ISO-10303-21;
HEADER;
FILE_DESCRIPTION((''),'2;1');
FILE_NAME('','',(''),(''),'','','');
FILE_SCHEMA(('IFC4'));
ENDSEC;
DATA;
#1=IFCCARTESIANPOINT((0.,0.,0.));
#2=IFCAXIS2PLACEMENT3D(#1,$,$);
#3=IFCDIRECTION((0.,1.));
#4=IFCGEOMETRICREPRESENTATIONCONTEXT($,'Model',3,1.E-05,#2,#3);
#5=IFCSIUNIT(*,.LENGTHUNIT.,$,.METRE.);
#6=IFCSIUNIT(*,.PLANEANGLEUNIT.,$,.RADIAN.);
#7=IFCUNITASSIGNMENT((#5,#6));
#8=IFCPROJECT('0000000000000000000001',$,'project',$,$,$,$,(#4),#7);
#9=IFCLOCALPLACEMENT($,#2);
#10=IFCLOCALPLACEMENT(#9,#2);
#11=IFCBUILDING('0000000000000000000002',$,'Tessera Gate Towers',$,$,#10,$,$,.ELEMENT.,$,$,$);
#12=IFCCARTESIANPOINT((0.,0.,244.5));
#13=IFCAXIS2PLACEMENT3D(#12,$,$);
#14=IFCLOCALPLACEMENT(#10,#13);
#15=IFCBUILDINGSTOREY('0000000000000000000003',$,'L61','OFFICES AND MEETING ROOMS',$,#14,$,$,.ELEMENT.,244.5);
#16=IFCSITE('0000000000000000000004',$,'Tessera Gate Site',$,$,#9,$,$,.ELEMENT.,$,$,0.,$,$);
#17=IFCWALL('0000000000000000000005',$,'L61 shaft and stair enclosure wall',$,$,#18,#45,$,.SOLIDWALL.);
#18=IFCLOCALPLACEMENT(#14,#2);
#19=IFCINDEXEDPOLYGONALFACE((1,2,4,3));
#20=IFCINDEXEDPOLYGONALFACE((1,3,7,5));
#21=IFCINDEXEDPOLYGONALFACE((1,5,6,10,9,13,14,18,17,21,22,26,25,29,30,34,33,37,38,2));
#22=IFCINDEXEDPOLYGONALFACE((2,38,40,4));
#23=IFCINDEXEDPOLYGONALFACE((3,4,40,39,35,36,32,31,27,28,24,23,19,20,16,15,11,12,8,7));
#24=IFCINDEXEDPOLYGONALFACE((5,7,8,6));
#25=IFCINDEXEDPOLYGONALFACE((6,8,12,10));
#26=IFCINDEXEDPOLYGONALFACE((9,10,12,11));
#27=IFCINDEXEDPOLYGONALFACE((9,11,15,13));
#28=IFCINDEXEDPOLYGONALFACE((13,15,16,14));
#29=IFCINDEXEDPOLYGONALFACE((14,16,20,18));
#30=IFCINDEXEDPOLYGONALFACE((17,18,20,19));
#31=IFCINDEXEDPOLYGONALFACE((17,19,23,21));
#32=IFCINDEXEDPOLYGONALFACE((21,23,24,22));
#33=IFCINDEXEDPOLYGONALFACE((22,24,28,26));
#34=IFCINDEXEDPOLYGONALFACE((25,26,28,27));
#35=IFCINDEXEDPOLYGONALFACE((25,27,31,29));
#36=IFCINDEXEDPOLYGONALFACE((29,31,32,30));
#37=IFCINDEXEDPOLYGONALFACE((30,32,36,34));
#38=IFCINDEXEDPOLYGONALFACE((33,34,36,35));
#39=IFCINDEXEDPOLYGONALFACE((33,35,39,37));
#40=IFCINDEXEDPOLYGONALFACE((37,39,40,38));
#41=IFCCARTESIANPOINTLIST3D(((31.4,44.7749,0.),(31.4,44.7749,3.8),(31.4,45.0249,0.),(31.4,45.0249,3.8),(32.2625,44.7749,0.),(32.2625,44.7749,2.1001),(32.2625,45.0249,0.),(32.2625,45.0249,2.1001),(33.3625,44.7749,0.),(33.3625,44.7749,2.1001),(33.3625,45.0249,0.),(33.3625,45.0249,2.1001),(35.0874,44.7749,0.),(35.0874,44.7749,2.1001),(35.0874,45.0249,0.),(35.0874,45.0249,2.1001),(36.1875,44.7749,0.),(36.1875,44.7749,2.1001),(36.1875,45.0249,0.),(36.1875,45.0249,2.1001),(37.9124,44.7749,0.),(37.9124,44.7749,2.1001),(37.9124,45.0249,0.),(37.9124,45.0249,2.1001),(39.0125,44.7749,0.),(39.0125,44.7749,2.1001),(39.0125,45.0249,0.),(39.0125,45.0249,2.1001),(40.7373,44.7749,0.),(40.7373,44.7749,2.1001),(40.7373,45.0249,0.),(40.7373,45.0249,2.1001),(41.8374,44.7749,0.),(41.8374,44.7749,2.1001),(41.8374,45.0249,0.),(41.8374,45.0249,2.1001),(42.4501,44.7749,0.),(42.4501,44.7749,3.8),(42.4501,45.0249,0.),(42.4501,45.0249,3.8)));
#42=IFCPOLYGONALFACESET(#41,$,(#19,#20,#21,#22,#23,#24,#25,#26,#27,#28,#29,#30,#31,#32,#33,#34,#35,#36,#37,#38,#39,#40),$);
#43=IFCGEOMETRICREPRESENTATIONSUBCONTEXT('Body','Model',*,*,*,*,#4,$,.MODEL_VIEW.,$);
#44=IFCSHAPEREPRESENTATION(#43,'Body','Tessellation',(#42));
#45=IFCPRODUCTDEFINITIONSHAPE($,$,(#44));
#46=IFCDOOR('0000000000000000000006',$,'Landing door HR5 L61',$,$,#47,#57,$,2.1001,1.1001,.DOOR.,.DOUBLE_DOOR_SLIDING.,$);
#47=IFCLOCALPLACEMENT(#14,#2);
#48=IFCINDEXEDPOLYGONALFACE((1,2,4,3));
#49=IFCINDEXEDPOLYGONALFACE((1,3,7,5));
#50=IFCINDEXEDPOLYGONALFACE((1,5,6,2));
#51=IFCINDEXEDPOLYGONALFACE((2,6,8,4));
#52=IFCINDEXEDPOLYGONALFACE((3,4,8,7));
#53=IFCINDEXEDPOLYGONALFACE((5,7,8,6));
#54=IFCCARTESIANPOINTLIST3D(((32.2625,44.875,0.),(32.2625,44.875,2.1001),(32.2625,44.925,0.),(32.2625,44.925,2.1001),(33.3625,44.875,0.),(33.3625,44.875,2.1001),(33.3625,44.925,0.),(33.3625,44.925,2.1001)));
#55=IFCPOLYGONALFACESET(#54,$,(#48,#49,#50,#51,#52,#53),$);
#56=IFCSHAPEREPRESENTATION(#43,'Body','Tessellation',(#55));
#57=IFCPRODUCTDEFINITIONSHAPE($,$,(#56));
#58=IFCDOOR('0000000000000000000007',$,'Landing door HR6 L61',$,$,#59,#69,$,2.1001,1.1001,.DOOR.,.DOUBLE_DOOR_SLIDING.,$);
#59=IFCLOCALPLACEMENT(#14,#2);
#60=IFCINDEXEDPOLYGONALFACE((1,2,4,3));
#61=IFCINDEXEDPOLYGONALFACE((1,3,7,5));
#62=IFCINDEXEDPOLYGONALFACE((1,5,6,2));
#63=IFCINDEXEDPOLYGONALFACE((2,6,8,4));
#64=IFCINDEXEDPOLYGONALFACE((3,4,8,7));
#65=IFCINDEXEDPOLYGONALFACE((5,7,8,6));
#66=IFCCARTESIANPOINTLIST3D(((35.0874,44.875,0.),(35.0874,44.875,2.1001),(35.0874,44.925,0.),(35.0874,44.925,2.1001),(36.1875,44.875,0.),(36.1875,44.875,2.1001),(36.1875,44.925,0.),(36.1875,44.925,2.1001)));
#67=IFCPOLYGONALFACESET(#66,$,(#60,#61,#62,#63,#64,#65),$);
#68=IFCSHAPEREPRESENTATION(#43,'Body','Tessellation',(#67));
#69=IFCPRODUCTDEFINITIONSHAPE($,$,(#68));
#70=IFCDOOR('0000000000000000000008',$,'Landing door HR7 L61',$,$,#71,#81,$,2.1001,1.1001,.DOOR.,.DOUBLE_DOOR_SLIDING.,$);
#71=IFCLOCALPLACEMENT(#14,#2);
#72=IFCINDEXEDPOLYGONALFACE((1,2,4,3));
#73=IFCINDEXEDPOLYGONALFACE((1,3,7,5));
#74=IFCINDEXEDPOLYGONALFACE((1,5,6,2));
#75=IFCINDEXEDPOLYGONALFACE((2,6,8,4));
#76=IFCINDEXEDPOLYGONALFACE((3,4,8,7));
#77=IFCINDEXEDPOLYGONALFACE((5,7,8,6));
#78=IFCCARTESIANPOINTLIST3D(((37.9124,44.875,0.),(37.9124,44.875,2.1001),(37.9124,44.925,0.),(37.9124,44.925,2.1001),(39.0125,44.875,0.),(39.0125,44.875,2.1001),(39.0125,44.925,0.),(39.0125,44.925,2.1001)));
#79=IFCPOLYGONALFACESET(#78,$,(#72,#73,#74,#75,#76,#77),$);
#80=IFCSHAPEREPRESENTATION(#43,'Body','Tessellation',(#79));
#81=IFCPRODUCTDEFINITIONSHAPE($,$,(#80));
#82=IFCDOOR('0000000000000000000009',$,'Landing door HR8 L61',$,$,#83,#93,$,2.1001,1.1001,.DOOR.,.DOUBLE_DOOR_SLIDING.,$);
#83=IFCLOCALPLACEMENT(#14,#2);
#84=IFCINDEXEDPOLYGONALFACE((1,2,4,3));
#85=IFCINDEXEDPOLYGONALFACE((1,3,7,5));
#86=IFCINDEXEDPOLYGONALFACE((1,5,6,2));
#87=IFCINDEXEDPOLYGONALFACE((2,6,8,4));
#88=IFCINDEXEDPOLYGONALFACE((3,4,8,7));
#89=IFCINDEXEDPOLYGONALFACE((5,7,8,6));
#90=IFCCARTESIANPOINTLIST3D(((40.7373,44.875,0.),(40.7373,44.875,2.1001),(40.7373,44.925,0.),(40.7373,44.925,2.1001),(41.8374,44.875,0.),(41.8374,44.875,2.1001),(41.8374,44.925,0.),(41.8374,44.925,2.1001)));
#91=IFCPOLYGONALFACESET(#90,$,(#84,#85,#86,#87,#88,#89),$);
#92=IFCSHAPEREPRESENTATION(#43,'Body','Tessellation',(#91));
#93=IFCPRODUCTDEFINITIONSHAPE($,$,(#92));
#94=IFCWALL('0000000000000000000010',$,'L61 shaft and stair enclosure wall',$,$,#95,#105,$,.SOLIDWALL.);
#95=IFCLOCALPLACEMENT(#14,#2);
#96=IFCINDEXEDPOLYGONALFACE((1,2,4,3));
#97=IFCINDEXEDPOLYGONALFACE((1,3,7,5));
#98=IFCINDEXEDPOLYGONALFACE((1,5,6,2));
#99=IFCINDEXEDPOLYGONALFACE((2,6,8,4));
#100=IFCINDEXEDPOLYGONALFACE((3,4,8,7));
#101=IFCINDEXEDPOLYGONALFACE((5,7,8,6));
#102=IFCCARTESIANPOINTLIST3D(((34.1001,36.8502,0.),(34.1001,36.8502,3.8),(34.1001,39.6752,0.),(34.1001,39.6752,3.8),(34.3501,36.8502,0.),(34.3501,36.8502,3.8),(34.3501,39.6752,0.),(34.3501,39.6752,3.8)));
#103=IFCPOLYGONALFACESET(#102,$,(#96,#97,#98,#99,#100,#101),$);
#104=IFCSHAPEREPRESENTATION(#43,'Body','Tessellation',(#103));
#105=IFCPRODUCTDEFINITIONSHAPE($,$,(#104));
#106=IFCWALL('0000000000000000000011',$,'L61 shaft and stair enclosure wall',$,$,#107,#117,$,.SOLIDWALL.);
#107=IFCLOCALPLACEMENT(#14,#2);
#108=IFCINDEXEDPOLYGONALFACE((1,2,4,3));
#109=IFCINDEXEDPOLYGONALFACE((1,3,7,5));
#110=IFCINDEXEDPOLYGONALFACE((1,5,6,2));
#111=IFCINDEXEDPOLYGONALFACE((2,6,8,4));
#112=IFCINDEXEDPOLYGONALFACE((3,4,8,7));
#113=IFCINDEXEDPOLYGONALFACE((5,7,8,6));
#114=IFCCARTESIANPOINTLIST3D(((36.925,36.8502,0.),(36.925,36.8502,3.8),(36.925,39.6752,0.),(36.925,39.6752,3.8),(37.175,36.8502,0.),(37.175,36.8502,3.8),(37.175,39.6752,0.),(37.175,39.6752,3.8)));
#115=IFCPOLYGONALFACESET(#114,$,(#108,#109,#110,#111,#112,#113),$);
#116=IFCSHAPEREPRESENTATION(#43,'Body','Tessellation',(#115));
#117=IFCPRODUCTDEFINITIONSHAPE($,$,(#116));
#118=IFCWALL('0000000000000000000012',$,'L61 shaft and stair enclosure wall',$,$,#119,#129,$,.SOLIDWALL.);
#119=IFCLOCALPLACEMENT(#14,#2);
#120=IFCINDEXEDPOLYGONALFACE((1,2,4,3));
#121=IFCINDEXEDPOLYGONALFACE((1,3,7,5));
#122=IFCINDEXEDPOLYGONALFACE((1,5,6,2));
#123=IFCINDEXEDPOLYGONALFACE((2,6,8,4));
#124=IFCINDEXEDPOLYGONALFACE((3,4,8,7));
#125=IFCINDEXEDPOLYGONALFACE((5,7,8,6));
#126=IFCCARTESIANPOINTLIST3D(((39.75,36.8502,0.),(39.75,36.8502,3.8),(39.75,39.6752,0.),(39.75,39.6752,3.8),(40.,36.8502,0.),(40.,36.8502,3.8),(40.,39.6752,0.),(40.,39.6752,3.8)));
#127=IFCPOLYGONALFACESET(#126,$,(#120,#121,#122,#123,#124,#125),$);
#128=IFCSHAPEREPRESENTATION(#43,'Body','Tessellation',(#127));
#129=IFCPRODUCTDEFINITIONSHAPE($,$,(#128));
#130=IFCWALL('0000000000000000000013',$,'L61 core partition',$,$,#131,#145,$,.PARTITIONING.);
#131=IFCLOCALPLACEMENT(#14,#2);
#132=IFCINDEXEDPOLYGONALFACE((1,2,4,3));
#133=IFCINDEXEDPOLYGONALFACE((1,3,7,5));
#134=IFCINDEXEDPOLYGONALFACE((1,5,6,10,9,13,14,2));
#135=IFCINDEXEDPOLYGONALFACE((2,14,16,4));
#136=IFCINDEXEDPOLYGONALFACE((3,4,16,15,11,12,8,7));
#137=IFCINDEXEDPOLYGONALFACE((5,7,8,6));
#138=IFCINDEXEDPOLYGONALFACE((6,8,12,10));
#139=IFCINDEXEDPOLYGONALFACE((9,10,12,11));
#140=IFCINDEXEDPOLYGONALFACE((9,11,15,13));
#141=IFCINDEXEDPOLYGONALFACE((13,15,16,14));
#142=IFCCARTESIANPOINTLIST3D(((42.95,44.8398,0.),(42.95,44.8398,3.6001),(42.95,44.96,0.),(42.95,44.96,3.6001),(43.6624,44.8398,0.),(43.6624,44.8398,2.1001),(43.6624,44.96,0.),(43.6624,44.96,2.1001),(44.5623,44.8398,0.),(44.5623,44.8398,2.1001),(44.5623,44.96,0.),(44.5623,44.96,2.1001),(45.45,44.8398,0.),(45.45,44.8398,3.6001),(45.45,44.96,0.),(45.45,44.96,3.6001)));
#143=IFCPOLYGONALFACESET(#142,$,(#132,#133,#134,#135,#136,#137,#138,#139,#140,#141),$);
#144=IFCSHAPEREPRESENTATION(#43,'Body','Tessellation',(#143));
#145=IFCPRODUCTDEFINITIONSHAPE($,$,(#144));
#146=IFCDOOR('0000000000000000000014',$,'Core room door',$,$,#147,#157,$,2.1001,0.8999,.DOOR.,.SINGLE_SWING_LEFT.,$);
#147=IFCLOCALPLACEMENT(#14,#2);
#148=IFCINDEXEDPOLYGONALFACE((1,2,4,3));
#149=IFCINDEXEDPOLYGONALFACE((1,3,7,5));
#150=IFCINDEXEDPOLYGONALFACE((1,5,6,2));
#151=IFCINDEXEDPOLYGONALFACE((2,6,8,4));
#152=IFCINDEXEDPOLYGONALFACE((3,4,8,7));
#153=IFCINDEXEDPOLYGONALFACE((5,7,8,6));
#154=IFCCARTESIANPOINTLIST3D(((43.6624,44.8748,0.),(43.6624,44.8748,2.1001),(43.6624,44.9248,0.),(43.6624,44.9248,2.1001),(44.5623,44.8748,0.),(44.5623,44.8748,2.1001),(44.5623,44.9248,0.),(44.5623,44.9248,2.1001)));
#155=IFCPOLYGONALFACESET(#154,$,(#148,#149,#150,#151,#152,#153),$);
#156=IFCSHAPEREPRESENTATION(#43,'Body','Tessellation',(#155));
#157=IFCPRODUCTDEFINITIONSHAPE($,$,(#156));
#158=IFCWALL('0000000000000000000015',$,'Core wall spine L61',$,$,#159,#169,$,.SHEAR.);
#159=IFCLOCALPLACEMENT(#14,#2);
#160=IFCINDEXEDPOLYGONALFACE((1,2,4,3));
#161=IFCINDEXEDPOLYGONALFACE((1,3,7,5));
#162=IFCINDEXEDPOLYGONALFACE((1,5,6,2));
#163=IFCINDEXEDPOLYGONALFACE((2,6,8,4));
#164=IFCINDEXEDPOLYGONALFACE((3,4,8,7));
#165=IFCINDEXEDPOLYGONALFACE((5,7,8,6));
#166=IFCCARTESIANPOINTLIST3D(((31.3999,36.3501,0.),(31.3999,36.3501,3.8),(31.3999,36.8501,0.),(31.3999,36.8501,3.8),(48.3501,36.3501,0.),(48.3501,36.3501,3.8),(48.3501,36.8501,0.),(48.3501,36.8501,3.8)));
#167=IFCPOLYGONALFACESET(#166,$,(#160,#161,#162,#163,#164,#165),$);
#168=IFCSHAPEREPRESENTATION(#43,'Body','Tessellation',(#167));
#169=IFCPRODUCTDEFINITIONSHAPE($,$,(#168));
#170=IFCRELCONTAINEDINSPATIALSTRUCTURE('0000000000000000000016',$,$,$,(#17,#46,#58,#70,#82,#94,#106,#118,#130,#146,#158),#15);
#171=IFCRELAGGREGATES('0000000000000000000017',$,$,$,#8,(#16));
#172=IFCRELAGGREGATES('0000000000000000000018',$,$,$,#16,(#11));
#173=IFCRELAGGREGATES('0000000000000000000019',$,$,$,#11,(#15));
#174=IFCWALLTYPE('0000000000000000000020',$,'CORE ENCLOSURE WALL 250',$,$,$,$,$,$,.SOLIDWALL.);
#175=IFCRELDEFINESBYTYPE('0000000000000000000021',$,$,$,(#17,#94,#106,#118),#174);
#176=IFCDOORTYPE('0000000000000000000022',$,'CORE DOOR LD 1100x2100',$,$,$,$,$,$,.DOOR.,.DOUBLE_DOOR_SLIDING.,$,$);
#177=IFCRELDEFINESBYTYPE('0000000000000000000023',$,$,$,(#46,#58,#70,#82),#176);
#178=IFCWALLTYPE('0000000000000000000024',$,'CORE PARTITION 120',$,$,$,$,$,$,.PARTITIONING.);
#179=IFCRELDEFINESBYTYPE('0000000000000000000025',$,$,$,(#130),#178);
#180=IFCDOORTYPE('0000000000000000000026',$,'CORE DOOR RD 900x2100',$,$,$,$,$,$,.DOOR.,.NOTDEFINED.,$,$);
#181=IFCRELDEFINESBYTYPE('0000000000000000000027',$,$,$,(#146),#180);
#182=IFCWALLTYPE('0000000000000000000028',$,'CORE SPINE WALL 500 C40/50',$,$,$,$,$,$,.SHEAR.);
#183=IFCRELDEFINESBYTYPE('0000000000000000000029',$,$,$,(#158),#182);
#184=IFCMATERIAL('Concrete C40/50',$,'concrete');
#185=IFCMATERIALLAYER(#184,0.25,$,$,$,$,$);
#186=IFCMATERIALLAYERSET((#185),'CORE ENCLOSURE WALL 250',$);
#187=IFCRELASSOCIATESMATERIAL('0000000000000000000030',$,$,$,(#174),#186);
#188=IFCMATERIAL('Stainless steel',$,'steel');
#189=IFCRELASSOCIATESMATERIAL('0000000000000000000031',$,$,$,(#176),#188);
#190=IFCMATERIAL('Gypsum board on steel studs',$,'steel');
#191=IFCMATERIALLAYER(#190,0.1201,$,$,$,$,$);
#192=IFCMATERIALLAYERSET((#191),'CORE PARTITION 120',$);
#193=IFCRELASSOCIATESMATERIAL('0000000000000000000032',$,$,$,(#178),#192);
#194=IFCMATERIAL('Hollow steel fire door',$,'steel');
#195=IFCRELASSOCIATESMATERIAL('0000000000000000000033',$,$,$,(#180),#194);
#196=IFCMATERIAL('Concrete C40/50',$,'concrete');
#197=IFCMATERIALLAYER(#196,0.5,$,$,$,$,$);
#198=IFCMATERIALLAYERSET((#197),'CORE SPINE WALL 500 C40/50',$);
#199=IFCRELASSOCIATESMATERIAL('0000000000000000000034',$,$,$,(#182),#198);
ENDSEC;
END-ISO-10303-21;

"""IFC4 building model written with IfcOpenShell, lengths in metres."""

from ifc_helpers import new_model, si_unit, direction, frame, frame_2d, origin, place, context, subcontext, project, spatial, rectangle, extrude, source, transform, mapped, material, layer, layer_set, type_object, element, fill, save


model = new_model("IFC4")

# Units and contexts
model_context = context("Model", 3, precision=1e-05, world=origin(), true_north=direction((0.0, 1.0)))
body_context = subcontext(model_context, "Body", "Model", "MODEL_VIEW")
ifc_project = project(units=[si_unit("LENGTHUNIT", "METRE"), si_unit("PLANEANGLEUNIT", "RADIAN")], contexts=[model_context])

# Site, building, storey
site_placement = place(None, origin())
site = spatial("IfcSite", under=ifc_project, at=site_placement, Name="Tessera Gate Site", CompositionType="ELEMENT", RefElevation=0.0)
building_placement = place(site_placement, origin())
building = spatial("IfcBuilding", under=site, at=building_placement, Name="Tessera Gate Towers", CompositionType="ELEMENT")
storey_placement = place(building_placement, frame((0.0, 0.0, 244.5)))
storey = spatial("IfcBuildingStorey", under=building, at=storey_placement, Name="L61", Description="OFFICES AND MEETING ROOMS", CompositionType="ELEMENT", Elevation=244.5)

# Wall, openings, doors
ifc_material_1 = material(Name="Concrete C40/50", Category="concrete")
ifc_layer_1 = layer(ifc_material_1, 0.25)
ifc_layer_set_1 = layer_set([ifc_layer_1], Name="CORE ENCLOSURE WALL 250")
wall_type_1 = type_object("IfcWallType", Name="CORE ENCLOSURE WALL 250", PredefinedType="SOLIDWALL", material=ifc_layer_set_1)
shared_shape_1 = source(origin(), body_context, "Body", "SweptSolid", [
    extrude(rectangle(XDim=1.1001, YDim=2.1001, at=frame_2d((0.55, 1.05))), frame((0.0, 0.135, 0.0), z_axis=(0.0, -1.0, 0.0), x_axis=(1.0, 0.0, 0.0)), (0.0, 0.0, 1.0), 0.27),
])
ifc_material_2 = material(Name="Stainless steel", Category="steel")
door_type_1 = type_object("IfcDoorType", Name="CORE DOOR LD 1100x2100", OperationType="DOUBLE_DOOR_SLIDING", PredefinedType="DOOR", material=ifc_material_2)
shared_shape_2 = source(origin(), body_context, "Body", "SweptSolid", [
    extrude(rectangle(XDim=1.1001, YDim=2.1001, at=frame_2d((0.55, 1.05))), frame((0.0, 0.0249, 0.0), z_axis=(0.0, -1.0, 0.0), x_axis=(1.0, 0.0, 0.0)), (0.0, 0.0, 1.0), 0.05),
])
wall_1_placement = place(storey_placement, frame((42.45, 44.8999, 0.0), z_axis=(0.0, 0.0, 1.0), x_axis=(-1.0, 0.0, 0.0)))
wall_1 = element("IfcWall", 1, at=wall_1_placement, inside=storey, type_object=wall_type_1, Name="L61 shaft and stair enclosure wall", PredefinedType="SOLIDWALL", context=body_context, shape_type="SweptSolid", body=[
    extrude(rectangle(XDim=11.05, YDim=0.25, at=frame_2d((5.5249, 0.0))), origin(), (0.0, 0.0, 1.0), 3.8),
])
opening_1_placement = place(wall_1_placement, frame((9.0874, 0.0, 0.0)))
opening_1 = element("IfcOpeningElement", 2, at=opening_1_placement, cuts=wall_1, PredefinedType="OPENING", context=body_context, shape_type="MappedRepresentation", body=[
    mapped(shared_shape_1, transform((0.0, 0.0, 0.0), scale=1.0)),
])
opening_2_placement = place(wall_1_placement, frame((6.2625, 0.0, 0.0)))
opening_2 = element("IfcOpeningElement", 3, at=opening_2_placement, cuts=wall_1, PredefinedType="OPENING", context=body_context, shape_type="MappedRepresentation", body=[
    mapped(shared_shape_1, transform((0.0, 0.0, 0.0), scale=1.0)),
])
opening_3_placement = place(wall_1_placement, frame((3.4375, 0.0, 0.0)))
opening_3 = element("IfcOpeningElement", 4, at=opening_3_placement, cuts=wall_1, PredefinedType="OPENING", context=body_context, shape_type="MappedRepresentation", body=[
    mapped(shared_shape_1, transform((0.0, 0.0, 0.0), scale=1.0)),
])
opening_4_placement = place(wall_1_placement, frame((0.6125, 0.0, 0.0)))
opening_4 = element("IfcOpeningElement", 5, at=opening_4_placement, cuts=wall_1, PredefinedType="OPENING", context=body_context, shape_type="MappedRepresentation", body=[
    mapped(shared_shape_1, transform((0.0, 0.0, 0.0), scale=1.0)),
])
door_1_placement = place(opening_1_placement, origin())
door_1 = element("IfcDoor", 6, at=door_1_placement, inside=storey, type_object=door_type_1, Name="Landing door HR5 L61", OperationType="DOUBLE_DOOR_SLIDING", OverallHeight=2.1001, OverallWidth=1.1001, PredefinedType="DOOR", context=body_context, shape_type="MappedRepresentation", body=[
    mapped(shared_shape_2, transform((0.0, 0.0, 0.0), scale=1.0)),
])
fill(opening_1, door_1)
door_2_placement = place(opening_2_placement, origin())
door_2 = element("IfcDoor", 7, at=door_2_placement, inside=storey, type_object=door_type_1, Name="Landing door HR6 L61", OperationType="DOUBLE_DOOR_SLIDING", OverallHeight=2.1001, OverallWidth=1.1001, PredefinedType="DOOR", context=body_context, shape_type="MappedRepresentation", body=[
    mapped(shared_shape_2, transform((0.0, 0.0, 0.0), scale=1.0)),
])
fill(opening_2, door_2)
door_3_placement = place(opening_3_placement, origin())
door_3 = element("IfcDoor", 8, at=door_3_placement, inside=storey, type_object=door_type_1, Name="Landing door HR7 L61", OperationType="DOUBLE_DOOR_SLIDING", OverallHeight=2.1001, OverallWidth=1.1001, PredefinedType="DOOR", context=body_context, shape_type="MappedRepresentation", body=[
    mapped(shared_shape_2, transform((0.0, 0.0, 0.0), scale=1.0)),
])
fill(opening_3, door_3)
door_4_placement = place(opening_4_placement, origin())
door_4 = element("IfcDoor", 9, at=door_4_placement, inside=storey, type_object=door_type_1, Name="Landing door HR8 L61", OperationType="DOUBLE_DOOR_SLIDING", OverallHeight=2.1001, OverallWidth=1.1001, PredefinedType="DOOR", context=body_context, shape_type="MappedRepresentation", body=[
    mapped(shared_shape_2, transform((0.0, 0.0, 0.0), scale=1.0)),
])
fill(opening_4, door_4)

# Walls
for number, where, z_axis, x_axis, name in (
    (10, (34.2251, 36.8501, 0.0), (0.0, 0.0, 1.0), (0.0, 1.0, 0.0), "L61 shaft and stair enclosure wall"),
    (11, (37.05, 36.8501, 0.0), (0.0, 0.0, 1.0), (0.0, 1.0, 0.0), "L61 shaft and stair enclosure wall"),
    (12, (39.875, 36.8501, 0.0), (0.0, 0.0, 1.0), (0.0, 1.0, 0.0), "L61 shaft and stair enclosure wall"),
):
    element("IfcWall", number, at=place(storey_placement, frame(where, z_axis=z_axis, x_axis=x_axis)), inside=storey, type_object=wall_type_1, Name=name, PredefinedType="SOLIDWALL", context=body_context, shape_type="SweptSolid", body=[
        extrude(rectangle(XDim=2.825, YDim=0.25, at=frame_2d((1.4126, 0.0))), origin(), (0.0, 0.0, 1.0), 3.8),
    ])

# Wall, opening, door
ifc_material_3 = material(Name="Gypsum board on steel studs", Category="steel")
ifc_layer_2 = layer(ifc_material_3, 0.1201)
ifc_layer_set_2 = layer_set([ifc_layer_2], Name="CORE PARTITION 120")
wall_type_2 = type_object("IfcWallType", Name="CORE PARTITION 120", PredefinedType="PARTITIONING", material=ifc_layer_set_2)
wall_2_placement = place(storey_placement, frame((42.95, 44.8999, 0.0), z_axis=(0.0, 0.0, 1.0), x_axis=(1.0, 0.0, 0.0)))
wall_2 = element("IfcWall", 13, at=wall_2_placement, inside=storey, type_object=wall_type_2, Name="L61 core partition", PredefinedType="PARTITIONING", context=body_context, shape_type="SweptSolid", body=[
    extrude(rectangle(XDim=2.5, YDim=0.1201, at=frame_2d((1.25, 0.0))), origin(), (0.0, 0.0, 1.0), 3.6001),
])
shared_shape_3 = source(origin(), body_context, "Body", "SweptSolid", [
    extrude(rectangle(XDim=0.8999, YDim=2.1001, at=frame_2d((0.45, 1.05))), frame((0.0, 0.0701, 0.0), z_axis=(0.0, -1.0, 0.0), x_axis=(1.0, 0.0, 0.0)), (0.0, 0.0, 1.0), 0.1401),
])
opening_5_placement = place(wall_2_placement, frame((0.7124, 0.0, 0.0)))
opening_5 = element("IfcOpeningElement", 14, at=opening_5_placement, cuts=wall_2, PredefinedType="OPENING", context=body_context, shape_type="MappedRepresentation", body=[
    mapped(shared_shape_3, transform((0.0, 0.0, 0.0), scale=1.0)),
])
ifc_material_4 = material(Name="Hollow steel fire door", Category="steel")
door_type_2 = type_object("IfcDoorType", Name="CORE DOOR RD 900x2100", OperationType="NOTDEFINED", PredefinedType="DOOR", material=ifc_material_4)
shared_shape_4 = source(origin(), body_context, "Body", "SweptSolid", [
    extrude(rectangle(XDim=0.8999, YDim=2.1001, at=frame_2d((0.45, 1.05))), frame((0.0, 0.0249, 0.0), z_axis=(0.0, -1.0, 0.0), x_axis=(1.0, 0.0, 0.0)), (0.0, 0.0, 1.0), 0.05),
])
door_5_placement = place(opening_5_placement, origin())
door_5 = element("IfcDoor", 15, at=door_5_placement, inside=storey, type_object=door_type_2, Name="Core room door", OperationType="SINGLE_SWING_LEFT", OverallHeight=2.1001, OverallWidth=0.8999, PredefinedType="DOOR", context=body_context, shape_type="MappedRepresentation", body=[
    mapped(shared_shape_4, transform((0.0, 0.0, 0.0), scale=1.0)),
])
fill(opening_5, door_5)

# Wall
ifc_material_5 = material(Name="Concrete C40/50", Category="concrete")
ifc_layer_3 = layer(ifc_material_5, 0.5)
ifc_layer_set_3 = layer_set([ifc_layer_3], Name="CORE SPINE WALL 500 C40/50")
wall_type_3 = type_object("IfcWallType", Name="CORE SPINE WALL 500 C40/50", PredefinedType="SHEAR", material=ifc_layer_set_3)
wall_3_placement = place(storey_placement, frame((31.3999, 36.6001, 0.0), z_axis=(0.0, 0.0, 1.0), x_axis=(1.0, 0.0, 0.0)))
element("IfcWall", 16, at=wall_3_placement, inside=storey, type_object=wall_type_3, Name="Core wall spine L61", PredefinedType="SHEAR", context=body_context, shape_type="SweptSolid", body=[
    extrude(rectangle(XDim=16.9502, YDim=0.5, at=frame_2d((8.4751, 0.0))), origin(), (0.0, 0.0, 1.0), 3.8),
])

save(model, "model.ifc")
